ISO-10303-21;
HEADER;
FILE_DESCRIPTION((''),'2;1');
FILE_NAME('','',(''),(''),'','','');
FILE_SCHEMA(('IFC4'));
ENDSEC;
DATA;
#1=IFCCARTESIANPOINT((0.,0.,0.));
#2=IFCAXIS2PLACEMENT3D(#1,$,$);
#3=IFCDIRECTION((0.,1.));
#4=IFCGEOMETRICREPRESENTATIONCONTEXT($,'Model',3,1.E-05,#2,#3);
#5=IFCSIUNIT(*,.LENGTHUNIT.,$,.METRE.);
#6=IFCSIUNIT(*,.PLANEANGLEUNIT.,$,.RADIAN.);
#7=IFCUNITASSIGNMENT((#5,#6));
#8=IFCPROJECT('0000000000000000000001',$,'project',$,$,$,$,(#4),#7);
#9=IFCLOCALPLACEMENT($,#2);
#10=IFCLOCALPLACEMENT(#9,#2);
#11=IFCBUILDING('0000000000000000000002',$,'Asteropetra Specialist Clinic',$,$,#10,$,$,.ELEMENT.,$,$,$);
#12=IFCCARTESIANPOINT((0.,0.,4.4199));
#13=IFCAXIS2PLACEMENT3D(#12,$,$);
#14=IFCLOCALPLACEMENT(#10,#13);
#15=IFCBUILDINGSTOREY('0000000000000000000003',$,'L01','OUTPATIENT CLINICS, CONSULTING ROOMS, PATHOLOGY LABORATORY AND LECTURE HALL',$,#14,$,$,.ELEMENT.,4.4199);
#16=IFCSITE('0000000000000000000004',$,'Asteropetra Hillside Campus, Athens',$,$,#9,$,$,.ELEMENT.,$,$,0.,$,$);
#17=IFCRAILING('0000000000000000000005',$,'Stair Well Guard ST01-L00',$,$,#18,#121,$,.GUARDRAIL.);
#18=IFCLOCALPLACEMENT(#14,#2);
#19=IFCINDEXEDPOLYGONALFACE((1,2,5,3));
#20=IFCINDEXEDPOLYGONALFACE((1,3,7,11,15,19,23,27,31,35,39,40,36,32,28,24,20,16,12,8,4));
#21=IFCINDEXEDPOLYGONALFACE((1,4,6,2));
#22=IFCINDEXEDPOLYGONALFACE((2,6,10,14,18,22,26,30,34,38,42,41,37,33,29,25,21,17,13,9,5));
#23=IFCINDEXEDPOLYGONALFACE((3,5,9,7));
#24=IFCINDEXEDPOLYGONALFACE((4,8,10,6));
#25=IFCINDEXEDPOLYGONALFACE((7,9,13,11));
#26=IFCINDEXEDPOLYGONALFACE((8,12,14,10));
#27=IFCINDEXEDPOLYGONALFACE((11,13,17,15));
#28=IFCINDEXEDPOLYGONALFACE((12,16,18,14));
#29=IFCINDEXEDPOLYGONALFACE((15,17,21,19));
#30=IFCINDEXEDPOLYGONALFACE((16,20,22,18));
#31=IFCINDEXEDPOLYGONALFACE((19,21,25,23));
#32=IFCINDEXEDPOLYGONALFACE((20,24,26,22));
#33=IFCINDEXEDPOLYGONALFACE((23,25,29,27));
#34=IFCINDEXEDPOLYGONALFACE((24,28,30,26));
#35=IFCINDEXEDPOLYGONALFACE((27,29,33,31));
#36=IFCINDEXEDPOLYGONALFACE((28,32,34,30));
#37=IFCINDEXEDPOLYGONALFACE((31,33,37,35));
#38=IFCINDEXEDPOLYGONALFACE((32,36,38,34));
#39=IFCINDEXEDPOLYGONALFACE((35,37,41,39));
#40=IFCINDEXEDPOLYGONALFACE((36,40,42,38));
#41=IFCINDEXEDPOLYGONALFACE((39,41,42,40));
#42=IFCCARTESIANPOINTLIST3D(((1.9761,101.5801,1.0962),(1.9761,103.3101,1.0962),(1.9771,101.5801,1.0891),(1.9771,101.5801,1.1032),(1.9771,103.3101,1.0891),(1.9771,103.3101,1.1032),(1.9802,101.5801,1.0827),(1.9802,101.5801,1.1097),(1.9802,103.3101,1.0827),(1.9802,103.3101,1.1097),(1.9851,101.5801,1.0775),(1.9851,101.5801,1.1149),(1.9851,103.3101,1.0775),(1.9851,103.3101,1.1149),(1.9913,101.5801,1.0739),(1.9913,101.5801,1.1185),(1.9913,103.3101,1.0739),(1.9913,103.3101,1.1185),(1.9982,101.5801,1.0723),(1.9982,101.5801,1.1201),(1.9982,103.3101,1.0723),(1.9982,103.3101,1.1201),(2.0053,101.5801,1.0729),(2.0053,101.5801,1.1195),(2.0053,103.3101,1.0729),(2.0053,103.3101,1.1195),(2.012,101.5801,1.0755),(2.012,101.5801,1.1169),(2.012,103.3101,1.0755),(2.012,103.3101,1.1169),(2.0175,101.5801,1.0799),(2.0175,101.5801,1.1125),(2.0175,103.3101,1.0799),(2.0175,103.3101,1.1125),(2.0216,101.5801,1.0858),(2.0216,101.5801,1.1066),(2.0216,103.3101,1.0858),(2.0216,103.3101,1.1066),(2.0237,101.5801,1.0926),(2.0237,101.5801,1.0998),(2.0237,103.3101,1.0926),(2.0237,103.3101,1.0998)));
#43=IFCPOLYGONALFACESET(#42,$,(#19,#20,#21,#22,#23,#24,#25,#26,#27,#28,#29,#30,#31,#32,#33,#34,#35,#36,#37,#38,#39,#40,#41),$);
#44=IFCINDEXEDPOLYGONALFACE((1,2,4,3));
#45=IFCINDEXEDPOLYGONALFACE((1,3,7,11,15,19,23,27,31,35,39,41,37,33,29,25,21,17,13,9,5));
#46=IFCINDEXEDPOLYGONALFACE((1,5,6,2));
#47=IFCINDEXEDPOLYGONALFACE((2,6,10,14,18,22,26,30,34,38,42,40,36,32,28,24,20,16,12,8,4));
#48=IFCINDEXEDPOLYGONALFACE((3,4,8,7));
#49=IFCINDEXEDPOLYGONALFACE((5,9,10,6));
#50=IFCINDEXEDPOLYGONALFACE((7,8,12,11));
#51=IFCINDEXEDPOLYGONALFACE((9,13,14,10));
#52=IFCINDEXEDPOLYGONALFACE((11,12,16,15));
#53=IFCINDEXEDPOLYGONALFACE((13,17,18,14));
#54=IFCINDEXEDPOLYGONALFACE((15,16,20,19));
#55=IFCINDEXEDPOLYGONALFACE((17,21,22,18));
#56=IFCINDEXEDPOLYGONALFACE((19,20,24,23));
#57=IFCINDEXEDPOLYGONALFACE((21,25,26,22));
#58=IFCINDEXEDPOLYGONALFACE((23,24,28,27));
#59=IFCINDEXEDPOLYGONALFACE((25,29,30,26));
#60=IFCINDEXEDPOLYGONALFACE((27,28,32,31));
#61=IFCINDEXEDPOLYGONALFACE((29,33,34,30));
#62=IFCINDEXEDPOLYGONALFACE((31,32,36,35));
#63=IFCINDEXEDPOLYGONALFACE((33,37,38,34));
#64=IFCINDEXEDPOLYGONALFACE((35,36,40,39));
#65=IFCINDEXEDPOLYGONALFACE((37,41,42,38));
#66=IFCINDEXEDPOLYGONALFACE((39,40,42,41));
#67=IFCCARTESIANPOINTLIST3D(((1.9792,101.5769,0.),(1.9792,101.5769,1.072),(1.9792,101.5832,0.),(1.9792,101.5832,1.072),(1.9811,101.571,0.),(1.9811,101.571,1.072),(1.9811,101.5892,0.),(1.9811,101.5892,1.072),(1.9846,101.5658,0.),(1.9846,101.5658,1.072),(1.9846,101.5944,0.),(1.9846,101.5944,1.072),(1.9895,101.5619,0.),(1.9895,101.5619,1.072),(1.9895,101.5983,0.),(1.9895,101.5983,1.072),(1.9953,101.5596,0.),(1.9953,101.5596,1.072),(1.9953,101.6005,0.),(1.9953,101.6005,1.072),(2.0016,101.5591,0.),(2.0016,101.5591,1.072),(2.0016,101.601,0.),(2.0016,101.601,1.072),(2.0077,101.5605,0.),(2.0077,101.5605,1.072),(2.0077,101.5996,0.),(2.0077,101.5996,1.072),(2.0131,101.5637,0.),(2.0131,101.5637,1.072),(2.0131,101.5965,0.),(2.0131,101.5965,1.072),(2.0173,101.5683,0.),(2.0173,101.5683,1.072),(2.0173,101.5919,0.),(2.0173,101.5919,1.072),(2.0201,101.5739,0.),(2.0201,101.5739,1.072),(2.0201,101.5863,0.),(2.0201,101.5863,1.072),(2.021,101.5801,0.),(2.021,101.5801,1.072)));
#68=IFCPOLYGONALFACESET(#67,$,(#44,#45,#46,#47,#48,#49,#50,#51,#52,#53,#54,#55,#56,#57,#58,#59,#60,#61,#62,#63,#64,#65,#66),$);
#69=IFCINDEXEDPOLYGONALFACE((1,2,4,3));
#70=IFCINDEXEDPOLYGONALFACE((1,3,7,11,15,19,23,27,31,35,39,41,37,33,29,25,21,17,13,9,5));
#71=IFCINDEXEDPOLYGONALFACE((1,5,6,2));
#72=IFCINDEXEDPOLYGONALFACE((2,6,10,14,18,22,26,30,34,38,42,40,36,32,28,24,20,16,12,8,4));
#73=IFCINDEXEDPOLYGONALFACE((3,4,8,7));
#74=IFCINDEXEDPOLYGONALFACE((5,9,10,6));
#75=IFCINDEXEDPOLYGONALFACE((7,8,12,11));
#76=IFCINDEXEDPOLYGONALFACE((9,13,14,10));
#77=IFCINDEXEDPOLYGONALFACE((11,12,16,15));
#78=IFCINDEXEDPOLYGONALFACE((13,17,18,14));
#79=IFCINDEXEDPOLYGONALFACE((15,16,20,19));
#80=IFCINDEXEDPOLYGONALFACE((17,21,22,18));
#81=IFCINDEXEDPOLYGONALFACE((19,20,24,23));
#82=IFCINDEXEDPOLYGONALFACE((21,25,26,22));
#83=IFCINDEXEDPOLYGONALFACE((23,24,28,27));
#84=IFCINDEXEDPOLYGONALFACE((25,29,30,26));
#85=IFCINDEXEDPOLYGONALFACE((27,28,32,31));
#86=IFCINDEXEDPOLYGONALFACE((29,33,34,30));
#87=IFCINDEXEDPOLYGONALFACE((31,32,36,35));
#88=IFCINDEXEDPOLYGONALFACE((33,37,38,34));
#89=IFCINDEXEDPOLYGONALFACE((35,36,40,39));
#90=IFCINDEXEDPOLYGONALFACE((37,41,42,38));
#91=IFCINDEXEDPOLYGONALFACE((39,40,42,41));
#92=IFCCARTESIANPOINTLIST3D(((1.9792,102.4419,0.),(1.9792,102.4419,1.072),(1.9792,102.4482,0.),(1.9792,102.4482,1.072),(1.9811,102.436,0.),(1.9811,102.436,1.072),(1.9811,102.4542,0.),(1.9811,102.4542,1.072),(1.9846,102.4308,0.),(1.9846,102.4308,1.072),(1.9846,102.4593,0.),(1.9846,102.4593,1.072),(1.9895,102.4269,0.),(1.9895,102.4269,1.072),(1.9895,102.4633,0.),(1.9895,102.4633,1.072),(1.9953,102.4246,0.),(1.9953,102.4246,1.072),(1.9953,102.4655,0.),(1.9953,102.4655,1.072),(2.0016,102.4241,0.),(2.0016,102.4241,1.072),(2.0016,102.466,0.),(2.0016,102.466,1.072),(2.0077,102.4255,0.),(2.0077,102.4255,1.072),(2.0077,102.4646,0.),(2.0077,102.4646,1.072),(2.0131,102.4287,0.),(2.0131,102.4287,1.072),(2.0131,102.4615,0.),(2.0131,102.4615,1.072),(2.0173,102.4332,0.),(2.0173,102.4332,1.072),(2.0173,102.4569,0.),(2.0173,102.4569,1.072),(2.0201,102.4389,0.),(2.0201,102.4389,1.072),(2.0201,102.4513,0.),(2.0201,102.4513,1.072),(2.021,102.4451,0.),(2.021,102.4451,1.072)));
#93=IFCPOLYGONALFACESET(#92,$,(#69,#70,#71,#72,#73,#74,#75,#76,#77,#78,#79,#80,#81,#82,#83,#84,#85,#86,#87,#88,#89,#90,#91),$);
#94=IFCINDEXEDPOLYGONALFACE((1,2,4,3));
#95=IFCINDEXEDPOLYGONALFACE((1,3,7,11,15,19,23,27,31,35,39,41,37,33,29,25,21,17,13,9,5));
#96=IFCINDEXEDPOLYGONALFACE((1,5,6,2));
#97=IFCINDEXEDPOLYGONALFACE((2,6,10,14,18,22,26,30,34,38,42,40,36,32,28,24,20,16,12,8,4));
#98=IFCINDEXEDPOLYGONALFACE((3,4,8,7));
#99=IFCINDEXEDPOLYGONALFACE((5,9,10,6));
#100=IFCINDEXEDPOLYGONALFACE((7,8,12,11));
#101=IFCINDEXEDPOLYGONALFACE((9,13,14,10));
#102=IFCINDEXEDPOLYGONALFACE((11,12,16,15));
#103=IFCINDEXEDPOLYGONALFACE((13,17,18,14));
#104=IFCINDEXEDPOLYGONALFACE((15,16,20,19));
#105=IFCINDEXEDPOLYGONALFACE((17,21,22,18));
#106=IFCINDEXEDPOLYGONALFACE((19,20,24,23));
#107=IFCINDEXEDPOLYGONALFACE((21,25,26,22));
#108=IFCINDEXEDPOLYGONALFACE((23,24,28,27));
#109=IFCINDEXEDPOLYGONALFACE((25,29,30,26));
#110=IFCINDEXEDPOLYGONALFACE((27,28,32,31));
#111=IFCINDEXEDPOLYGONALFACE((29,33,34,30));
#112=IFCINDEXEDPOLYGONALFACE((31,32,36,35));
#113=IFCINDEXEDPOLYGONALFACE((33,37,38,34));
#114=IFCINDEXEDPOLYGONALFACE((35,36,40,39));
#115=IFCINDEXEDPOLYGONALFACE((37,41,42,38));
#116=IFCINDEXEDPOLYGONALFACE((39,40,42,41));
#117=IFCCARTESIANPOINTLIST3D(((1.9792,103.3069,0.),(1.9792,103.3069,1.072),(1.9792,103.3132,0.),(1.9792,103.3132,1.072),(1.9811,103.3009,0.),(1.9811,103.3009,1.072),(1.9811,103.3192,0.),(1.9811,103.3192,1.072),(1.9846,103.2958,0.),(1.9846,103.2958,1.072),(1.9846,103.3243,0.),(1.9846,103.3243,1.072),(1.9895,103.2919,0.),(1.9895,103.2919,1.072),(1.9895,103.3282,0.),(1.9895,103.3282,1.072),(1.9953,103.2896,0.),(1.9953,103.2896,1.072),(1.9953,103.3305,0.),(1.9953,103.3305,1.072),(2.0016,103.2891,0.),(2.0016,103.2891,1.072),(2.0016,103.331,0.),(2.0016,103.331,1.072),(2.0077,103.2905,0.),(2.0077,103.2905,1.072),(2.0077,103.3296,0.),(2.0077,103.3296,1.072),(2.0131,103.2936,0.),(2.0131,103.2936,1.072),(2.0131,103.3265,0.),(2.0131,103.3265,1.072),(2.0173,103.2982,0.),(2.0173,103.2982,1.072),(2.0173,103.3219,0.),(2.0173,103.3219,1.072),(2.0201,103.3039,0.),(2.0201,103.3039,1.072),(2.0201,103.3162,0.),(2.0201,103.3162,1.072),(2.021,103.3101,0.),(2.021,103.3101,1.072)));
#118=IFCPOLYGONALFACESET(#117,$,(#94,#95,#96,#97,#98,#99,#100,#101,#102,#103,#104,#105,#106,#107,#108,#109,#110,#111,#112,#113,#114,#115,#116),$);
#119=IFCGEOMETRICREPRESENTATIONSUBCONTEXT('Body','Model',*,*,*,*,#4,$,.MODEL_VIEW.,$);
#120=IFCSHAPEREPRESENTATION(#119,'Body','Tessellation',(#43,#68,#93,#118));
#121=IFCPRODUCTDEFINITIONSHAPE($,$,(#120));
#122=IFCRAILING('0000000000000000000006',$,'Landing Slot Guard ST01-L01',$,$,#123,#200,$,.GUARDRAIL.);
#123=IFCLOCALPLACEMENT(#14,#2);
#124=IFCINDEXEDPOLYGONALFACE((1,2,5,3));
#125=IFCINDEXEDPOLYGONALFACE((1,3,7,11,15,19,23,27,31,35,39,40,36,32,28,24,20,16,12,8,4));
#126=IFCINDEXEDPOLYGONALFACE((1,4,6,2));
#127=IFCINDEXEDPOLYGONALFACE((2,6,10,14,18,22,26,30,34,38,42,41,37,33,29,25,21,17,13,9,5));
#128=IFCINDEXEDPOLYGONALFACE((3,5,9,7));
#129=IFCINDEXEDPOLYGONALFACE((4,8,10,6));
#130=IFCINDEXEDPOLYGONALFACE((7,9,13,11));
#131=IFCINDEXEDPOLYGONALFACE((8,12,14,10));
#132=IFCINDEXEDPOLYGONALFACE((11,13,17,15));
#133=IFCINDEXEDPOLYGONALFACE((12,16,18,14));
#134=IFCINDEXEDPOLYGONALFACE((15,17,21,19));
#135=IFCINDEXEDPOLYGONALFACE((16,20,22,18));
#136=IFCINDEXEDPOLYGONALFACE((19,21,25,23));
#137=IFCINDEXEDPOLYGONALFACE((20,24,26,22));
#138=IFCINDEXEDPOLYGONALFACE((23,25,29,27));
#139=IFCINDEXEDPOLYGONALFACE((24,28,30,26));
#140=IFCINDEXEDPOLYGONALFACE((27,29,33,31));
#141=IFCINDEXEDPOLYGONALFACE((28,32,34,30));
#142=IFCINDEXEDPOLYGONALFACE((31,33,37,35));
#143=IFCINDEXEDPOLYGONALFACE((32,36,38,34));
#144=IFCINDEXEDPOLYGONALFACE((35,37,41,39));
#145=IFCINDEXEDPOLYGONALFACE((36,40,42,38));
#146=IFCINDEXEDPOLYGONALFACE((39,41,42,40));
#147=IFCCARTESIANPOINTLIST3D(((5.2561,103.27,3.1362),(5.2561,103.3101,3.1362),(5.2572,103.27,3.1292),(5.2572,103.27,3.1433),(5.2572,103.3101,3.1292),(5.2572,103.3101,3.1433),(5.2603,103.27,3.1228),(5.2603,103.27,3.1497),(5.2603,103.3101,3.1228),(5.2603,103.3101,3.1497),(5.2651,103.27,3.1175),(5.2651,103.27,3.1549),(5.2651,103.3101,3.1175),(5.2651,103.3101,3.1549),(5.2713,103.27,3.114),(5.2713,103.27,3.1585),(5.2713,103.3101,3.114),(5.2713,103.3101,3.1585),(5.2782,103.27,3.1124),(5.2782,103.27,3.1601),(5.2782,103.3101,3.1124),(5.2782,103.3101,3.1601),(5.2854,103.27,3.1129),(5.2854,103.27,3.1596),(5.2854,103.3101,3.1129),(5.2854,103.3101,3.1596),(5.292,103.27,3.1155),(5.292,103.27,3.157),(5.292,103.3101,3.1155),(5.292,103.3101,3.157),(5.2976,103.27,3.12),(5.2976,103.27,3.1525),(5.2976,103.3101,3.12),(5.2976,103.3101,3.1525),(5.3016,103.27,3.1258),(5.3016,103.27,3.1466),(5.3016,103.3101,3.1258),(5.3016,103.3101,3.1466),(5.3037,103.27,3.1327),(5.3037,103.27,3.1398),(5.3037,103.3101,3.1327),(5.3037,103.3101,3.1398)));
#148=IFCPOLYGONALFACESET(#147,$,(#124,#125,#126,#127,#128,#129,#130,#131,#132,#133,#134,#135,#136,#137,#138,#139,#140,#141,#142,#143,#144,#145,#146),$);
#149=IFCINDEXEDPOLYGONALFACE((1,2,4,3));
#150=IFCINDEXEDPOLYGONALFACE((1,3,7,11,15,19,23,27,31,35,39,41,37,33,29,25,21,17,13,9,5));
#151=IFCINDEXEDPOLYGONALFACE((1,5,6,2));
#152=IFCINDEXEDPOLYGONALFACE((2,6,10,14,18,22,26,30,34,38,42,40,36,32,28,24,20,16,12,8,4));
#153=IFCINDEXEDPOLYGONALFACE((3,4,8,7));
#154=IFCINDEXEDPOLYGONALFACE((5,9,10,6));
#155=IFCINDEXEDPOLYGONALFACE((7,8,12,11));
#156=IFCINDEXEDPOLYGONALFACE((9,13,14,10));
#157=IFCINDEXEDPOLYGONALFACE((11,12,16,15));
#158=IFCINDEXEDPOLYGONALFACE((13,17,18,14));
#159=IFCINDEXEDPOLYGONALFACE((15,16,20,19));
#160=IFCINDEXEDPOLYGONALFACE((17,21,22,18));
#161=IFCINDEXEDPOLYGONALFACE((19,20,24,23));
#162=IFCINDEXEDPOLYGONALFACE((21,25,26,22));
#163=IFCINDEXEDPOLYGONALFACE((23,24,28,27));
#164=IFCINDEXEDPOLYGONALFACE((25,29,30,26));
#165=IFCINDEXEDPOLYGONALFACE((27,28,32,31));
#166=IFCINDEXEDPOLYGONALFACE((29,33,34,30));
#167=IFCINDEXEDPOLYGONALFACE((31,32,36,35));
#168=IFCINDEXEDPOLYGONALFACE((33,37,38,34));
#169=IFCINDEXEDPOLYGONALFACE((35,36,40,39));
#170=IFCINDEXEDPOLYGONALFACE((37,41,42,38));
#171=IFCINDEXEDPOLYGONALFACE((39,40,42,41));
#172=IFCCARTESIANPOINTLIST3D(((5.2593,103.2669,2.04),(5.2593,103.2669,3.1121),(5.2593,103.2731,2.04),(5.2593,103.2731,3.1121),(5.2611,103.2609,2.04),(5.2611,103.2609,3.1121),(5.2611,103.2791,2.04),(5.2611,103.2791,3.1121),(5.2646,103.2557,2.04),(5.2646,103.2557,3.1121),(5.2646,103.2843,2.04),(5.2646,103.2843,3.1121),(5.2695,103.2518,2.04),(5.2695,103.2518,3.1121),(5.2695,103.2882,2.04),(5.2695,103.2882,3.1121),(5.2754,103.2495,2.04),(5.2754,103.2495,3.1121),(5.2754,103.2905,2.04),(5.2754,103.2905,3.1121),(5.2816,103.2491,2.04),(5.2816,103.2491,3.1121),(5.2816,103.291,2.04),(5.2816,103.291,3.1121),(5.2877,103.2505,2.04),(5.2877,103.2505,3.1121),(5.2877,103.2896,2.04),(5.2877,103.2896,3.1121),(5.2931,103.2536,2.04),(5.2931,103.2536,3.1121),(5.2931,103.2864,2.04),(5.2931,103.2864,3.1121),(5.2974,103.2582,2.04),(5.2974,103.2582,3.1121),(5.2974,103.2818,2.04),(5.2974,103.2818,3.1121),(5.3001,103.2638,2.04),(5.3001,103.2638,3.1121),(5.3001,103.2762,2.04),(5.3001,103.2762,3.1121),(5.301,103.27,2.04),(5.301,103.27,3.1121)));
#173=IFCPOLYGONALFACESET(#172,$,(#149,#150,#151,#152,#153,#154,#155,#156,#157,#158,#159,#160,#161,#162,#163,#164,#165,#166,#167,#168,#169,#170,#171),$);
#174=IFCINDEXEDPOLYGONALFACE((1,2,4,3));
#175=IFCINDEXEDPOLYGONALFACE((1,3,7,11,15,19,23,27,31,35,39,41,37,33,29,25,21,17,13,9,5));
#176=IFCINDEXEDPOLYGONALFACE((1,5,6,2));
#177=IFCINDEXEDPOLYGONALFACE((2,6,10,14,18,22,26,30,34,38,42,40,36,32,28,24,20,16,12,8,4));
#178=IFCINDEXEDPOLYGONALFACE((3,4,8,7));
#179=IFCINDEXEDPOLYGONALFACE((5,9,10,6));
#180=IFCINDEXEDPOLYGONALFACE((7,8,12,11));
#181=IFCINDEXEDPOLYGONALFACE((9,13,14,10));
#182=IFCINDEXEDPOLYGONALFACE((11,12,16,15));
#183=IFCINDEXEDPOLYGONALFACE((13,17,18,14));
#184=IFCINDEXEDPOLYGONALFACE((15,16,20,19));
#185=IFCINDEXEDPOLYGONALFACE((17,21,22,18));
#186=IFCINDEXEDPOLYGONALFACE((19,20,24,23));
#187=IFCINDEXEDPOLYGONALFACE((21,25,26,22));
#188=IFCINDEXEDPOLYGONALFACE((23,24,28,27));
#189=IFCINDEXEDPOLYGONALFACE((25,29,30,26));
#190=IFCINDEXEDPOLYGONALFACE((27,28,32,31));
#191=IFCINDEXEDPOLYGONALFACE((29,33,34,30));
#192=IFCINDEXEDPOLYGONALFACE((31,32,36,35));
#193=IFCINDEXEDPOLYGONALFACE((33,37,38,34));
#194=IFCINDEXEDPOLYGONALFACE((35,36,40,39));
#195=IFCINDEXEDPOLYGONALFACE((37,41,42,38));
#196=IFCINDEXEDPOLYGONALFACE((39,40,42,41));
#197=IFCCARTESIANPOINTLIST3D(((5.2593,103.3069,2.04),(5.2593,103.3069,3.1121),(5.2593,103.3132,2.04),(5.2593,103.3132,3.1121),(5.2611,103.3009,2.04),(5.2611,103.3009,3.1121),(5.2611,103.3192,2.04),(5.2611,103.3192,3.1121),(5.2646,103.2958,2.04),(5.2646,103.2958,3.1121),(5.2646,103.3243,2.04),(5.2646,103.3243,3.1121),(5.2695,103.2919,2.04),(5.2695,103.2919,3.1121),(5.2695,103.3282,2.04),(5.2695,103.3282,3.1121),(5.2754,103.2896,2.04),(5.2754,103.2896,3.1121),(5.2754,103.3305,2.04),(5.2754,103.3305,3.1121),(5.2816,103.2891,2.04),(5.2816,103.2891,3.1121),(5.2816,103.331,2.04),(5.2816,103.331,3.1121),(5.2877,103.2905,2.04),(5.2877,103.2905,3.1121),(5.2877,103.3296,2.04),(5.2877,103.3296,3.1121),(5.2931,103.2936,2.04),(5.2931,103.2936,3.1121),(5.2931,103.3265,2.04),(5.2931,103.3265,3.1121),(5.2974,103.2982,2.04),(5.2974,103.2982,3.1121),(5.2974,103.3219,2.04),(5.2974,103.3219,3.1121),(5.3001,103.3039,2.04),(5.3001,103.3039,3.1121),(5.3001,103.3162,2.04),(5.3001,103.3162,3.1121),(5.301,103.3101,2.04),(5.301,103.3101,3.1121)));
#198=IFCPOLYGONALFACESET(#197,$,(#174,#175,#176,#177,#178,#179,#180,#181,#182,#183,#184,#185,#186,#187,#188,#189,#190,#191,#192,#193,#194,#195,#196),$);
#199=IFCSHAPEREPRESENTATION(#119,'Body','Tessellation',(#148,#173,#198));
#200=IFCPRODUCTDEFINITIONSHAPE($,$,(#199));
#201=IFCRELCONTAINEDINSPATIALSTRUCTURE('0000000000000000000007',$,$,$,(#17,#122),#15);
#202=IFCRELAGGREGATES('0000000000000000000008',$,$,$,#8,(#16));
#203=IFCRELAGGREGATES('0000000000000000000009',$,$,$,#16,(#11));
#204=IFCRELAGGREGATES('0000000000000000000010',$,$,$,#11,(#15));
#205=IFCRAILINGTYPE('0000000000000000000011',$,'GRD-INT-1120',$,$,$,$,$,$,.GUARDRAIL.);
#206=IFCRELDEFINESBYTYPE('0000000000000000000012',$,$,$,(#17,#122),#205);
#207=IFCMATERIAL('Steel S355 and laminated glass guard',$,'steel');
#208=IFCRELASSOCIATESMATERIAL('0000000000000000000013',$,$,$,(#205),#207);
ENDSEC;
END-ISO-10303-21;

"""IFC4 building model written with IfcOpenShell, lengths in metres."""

from ifc_helpers import new_model, si_unit, direction, frame, origin, origin_2d, place, context, subcontext, project, spatial, circle, extrude, material, type_object, element, save


model = new_model("IFC4")

# Units and contexts
model_context = context("Model", 3, precision=1e-05, world=origin(), true_north=direction((0.0, 1.0)))
body_context = subcontext(model_context, "Body", "Model", "MODEL_VIEW")
ifc_project = project(units=[si_unit("LENGTHUNIT", "METRE"), si_unit("PLANEANGLEUNIT", "RADIAN")], contexts=[model_context])

# Site, building, storey
site_placement = place(None, origin())
site = spatial("IfcSite", under=ifc_project, at=site_placement, Name="Asteropetra Hillside Campus, Athens", CompositionType="ELEMENT", RefElevation=0.0)
building_placement = place(site_placement, origin())
building = spatial("IfcBuilding", under=site, at=building_placement, Name="Asteropetra Specialist Clinic", CompositionType="ELEMENT")
storey_placement = place(building_placement, frame((0.0, 0.0, 4.4199)))
storey = spatial("IfcBuildingStorey", under=building, at=storey_placement, Name="L01", Description="OUTPATIENT CLINICS, CONSULTING ROOMS, PATHOLOGY LABORATORY AND LECTURE HALL", CompositionType="ELEMENT", Elevation=4.4199)

# Railings
ifc_material_1 = material(Name="Steel S355 and laminated glass guard", Category="steel")
railing_type_1 = type_object("IfcRailingType", Name="GRD-INT-1120", PredefinedType="GUARDRAIL", material=ifc_material_1)
railing_1_placement = place(storey_placement, frame((2.0, 101.5801, 0.0)))
element("IfcRailing", 1, at=railing_1_placement, inside=storey, type_object=railing_type_1, Name="Stair Well Guard ST01-L00", PredefinedType="GUARDRAIL", context=body_context, shape_type="SweptSolid", body=[
    extrude(circle(Radius=0.0239, at=origin_2d()), frame((0.0, 0.0, 1.0962), z_axis=(0.0, 1.0, 0.0), x_axis=(-1.0, 0.0, 0.0)), (0.0, 0.0, 1.0), 1.73),
    extrude(circle(Radius=0.021, at=origin_2d()), origin(), (0.0, 0.0, 1.0), 1.072),
    extrude(circle(Radius=0.021, at=origin_2d()), frame((0.0, 0.865, 0.0)), (0.0, 0.0, 1.0), 1.072),
    extrude(circle(Radius=0.021, at=origin_2d()), frame((0.0, 1.73, 0.0)), (0.0, 0.0, 1.0), 1.072),
])
railing_2_placement = place(storey_placement, frame((5.28, 103.27, 2.04)))
element("IfcRailing", 2, at=railing_2_placement, inside=storey, type_object=railing_type_1, Name="Landing Slot Guard ST01-L01", PredefinedType="GUARDRAIL", context=body_context, shape_type="SweptSolid", body=[
    extrude(circle(Radius=0.0239, at=origin_2d()), frame((0.0, 0.0, 1.0962), z_axis=(0.0, 1.0, 0.0), x_axis=(-1.0, 0.0, 0.0)), (0.0, 0.0, 1.0), 0.04),
    extrude(circle(Radius=0.021, at=origin_2d()), origin(), (0.0, 0.0, 1.0), 1.072),
    extrude(circle(Radius=0.021, at=origin_2d()), frame((0.0, 0.04, 0.0)), (0.0, 0.0, 1.0), 1.072),
])

save(model, "model.ifc")
